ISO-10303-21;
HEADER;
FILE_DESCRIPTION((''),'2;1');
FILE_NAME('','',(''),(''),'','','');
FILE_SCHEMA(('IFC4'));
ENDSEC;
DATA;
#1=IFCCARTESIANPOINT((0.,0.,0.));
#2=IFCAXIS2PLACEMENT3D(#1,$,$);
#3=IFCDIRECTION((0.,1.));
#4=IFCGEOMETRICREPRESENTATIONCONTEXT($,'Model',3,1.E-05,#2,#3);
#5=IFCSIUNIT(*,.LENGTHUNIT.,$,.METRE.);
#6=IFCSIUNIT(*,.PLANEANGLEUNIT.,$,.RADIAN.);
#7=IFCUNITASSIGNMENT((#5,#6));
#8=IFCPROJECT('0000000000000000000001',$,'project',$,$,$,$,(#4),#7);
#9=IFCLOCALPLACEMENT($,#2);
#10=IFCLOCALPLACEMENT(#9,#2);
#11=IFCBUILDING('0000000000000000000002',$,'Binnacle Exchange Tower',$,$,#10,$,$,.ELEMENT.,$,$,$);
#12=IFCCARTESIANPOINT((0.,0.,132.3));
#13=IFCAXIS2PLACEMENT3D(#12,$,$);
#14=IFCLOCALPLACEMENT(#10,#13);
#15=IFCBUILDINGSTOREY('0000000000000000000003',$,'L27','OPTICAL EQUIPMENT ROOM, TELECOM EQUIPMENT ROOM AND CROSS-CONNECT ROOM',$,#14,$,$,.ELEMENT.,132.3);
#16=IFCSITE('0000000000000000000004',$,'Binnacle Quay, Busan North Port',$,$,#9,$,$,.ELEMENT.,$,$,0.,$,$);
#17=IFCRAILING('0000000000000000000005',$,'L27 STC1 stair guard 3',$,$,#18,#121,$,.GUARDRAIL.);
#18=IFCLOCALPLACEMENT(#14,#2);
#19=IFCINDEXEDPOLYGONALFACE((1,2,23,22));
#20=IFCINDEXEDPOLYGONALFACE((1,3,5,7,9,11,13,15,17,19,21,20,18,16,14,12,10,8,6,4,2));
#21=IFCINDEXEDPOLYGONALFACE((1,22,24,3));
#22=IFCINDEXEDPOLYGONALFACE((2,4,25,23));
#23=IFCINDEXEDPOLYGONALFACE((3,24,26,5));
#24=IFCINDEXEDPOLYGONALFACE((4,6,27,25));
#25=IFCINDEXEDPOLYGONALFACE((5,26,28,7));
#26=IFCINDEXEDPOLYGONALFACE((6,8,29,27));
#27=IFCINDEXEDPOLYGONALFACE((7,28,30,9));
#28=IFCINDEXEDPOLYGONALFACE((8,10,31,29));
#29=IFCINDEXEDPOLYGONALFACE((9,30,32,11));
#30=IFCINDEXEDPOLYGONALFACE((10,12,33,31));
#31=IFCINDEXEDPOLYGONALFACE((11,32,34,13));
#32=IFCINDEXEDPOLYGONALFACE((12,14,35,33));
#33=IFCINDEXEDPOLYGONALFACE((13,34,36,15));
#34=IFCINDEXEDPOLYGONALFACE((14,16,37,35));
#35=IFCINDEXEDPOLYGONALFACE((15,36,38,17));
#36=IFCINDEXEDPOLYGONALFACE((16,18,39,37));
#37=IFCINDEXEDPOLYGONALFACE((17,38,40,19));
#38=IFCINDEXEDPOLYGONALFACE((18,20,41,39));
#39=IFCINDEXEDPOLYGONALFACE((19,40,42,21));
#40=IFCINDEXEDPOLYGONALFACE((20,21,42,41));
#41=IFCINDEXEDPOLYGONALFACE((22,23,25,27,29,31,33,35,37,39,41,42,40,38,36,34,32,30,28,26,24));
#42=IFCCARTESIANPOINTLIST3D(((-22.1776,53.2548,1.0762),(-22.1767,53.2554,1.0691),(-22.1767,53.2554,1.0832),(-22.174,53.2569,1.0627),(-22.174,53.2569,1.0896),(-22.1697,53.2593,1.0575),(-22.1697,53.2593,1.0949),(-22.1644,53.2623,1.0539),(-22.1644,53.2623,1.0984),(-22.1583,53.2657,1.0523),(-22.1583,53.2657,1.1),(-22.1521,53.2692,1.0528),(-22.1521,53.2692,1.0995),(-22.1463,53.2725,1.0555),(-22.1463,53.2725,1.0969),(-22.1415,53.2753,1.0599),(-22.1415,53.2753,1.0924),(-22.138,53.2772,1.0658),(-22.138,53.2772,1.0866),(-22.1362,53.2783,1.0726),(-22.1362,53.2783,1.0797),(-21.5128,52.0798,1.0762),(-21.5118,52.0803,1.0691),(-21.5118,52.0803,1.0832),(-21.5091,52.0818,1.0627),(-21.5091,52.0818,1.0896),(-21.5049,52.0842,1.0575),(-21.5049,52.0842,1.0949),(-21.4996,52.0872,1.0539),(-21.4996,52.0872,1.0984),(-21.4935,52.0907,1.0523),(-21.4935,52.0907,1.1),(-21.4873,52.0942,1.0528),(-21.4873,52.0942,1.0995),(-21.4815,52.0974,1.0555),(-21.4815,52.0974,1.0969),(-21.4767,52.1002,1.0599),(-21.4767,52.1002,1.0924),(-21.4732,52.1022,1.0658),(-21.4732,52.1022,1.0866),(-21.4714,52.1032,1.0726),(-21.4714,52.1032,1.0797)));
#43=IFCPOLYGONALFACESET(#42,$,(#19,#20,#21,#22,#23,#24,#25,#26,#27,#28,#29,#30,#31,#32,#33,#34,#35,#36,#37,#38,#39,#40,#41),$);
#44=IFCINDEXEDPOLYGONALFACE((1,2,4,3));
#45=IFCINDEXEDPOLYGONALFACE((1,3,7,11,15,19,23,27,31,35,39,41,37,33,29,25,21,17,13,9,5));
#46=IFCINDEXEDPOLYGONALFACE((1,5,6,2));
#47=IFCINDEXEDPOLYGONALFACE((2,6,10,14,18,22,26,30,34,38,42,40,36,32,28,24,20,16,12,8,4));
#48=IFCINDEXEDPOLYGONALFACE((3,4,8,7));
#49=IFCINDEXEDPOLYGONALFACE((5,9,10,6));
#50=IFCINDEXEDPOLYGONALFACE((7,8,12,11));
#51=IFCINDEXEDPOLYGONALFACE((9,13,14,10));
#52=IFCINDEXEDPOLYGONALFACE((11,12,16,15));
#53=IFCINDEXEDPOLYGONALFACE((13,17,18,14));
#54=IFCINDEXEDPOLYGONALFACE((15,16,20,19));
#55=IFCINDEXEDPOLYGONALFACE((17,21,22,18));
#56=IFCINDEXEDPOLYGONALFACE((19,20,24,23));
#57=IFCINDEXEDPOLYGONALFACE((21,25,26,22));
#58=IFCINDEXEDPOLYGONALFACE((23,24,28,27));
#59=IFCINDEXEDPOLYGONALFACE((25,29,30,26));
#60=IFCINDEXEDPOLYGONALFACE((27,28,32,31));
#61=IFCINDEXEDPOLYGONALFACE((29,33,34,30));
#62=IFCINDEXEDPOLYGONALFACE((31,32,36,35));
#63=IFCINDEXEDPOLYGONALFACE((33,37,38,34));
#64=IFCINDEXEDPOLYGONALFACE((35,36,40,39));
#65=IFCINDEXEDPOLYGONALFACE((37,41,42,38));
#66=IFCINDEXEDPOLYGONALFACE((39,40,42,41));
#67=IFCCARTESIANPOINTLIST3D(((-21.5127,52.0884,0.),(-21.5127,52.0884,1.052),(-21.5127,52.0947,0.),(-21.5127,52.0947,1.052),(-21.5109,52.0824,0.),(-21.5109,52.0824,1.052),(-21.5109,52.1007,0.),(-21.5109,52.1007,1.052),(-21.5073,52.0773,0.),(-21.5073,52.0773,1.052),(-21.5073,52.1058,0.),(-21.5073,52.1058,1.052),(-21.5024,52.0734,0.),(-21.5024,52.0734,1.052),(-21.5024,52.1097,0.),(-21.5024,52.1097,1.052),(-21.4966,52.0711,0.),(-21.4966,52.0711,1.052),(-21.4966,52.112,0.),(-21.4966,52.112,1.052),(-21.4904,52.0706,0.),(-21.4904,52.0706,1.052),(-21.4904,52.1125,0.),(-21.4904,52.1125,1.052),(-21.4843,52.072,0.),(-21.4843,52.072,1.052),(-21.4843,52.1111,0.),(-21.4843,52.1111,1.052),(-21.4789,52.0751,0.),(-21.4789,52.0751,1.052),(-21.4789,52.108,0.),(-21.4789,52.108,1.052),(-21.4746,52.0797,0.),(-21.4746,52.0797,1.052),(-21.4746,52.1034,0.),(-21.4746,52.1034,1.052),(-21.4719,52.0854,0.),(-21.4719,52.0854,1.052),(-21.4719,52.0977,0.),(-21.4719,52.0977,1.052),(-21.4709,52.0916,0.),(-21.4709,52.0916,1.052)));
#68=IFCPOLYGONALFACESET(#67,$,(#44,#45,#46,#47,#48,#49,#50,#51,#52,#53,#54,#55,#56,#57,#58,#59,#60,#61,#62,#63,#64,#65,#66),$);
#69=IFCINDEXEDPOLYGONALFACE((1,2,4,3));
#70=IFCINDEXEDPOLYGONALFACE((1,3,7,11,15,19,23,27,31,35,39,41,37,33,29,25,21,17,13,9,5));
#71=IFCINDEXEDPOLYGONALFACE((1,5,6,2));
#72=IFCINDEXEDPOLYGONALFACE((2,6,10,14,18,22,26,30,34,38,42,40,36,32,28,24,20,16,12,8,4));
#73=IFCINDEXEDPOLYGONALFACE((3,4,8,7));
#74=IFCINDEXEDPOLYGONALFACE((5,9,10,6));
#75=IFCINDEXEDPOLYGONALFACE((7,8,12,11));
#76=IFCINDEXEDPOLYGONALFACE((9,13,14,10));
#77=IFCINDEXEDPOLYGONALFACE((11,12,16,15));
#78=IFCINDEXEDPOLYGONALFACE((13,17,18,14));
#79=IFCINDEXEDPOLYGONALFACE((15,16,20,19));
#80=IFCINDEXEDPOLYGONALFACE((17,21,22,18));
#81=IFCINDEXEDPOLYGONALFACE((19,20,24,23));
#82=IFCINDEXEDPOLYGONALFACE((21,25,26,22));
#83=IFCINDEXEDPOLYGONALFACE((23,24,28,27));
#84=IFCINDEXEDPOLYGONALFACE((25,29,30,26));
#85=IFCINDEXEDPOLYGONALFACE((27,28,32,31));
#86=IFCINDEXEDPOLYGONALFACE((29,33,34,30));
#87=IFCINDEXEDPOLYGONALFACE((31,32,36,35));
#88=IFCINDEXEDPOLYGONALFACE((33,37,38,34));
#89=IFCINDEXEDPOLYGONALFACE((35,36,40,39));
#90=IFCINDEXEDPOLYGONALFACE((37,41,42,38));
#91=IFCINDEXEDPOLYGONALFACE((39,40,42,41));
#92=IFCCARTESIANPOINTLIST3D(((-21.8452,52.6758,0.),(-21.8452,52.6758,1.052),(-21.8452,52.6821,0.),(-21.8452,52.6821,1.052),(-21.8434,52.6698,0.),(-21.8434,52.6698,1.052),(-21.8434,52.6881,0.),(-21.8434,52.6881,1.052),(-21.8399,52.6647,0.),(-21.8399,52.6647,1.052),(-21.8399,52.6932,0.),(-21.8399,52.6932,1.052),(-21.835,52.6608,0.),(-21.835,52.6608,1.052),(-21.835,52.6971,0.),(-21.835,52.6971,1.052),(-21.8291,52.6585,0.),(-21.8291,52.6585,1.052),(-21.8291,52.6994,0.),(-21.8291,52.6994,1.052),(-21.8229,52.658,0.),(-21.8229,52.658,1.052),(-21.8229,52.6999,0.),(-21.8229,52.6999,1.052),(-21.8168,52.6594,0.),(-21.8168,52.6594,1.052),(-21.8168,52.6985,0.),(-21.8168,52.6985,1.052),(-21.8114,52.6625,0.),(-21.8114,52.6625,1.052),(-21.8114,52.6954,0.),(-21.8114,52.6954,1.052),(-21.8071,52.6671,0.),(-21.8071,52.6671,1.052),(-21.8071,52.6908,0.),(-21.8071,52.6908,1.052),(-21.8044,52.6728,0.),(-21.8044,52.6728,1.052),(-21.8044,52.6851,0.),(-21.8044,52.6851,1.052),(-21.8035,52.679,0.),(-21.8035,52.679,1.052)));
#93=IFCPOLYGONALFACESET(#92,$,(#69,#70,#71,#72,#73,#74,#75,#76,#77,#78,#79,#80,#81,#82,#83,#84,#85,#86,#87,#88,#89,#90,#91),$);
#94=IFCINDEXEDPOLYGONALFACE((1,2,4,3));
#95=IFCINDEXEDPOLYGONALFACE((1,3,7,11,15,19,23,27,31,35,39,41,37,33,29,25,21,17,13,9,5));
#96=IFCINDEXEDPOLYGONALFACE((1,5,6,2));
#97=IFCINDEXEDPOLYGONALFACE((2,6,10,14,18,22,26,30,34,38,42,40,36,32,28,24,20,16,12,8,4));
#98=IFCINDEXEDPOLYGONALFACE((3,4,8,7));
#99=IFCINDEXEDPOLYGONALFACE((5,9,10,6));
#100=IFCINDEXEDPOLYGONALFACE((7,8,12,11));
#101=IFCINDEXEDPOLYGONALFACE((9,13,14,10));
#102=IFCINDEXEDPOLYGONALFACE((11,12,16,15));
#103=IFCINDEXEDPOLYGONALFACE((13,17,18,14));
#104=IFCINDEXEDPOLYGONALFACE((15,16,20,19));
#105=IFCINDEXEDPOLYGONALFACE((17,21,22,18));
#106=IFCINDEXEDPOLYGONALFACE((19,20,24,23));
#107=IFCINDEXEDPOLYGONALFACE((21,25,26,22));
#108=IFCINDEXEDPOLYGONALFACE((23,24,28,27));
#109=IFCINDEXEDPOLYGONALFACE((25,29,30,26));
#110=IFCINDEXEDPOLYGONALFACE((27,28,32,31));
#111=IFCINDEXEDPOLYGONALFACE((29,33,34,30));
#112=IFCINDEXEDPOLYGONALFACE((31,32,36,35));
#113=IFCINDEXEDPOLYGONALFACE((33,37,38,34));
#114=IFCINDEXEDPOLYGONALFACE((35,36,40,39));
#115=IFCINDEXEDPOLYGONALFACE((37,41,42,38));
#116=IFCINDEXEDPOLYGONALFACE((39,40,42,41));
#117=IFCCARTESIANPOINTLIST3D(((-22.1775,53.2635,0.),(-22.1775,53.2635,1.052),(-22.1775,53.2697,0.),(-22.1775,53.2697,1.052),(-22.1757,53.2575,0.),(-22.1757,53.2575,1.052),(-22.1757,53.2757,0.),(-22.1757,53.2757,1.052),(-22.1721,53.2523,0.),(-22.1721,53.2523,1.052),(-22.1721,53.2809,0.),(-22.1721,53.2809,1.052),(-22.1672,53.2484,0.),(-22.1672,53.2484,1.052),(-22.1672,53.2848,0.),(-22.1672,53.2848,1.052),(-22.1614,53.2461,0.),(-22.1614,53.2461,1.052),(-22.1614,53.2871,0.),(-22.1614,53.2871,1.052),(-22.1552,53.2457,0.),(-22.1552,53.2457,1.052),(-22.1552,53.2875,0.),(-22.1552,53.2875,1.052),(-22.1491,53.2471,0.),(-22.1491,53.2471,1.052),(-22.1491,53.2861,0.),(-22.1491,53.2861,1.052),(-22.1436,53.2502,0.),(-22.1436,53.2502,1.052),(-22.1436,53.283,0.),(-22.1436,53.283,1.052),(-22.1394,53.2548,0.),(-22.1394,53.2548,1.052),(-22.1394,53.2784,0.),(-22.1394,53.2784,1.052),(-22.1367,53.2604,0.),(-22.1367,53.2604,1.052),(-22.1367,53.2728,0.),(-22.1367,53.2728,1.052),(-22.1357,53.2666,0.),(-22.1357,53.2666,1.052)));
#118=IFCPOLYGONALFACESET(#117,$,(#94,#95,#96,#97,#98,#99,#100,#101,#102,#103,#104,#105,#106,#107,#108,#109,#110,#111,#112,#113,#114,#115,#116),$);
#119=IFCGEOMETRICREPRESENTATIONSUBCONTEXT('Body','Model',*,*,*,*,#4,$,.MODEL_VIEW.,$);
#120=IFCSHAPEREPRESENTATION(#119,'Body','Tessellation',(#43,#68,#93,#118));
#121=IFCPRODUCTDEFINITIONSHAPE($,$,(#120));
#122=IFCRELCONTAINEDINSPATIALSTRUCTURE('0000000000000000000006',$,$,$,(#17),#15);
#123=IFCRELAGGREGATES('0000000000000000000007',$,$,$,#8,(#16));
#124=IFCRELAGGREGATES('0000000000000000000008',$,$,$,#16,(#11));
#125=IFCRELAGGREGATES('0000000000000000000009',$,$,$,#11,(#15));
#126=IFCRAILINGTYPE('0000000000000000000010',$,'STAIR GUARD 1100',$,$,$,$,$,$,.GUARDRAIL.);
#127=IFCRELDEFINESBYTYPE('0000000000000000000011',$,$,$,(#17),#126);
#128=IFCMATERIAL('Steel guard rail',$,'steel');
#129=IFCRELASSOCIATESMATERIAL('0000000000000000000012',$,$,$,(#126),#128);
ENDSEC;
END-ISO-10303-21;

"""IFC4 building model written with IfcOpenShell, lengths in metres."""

from ifc_helpers import new_model, si_unit, direction, frame, origin, origin_2d, place, context, subcontext, project, spatial, circle, extrude, material, type_object, element, save


model = new_model("IFC4")

# Units and contexts
model_context = context("Model", 3, precision=1e-05, world=origin(), true_north=direction((0.0, 1.0)))
body_context = subcontext(model_context, "Body", "Model", "MODEL_VIEW")
ifc_project = project(units=[si_unit("LENGTHUNIT", "METRE"), si_unit("PLANEANGLEUNIT", "RADIAN")], contexts=[model_context])

# Site, building, storey
site_placement = place(None, origin())
site = spatial("IfcSite", under=ifc_project, at=site_placement, Name="Binnacle Quay, Busan North Port", CompositionType="ELEMENT", RefElevation=0.0)
building_placement = place(site_placement, origin())
building = spatial("IfcBuilding", under=site, at=building_placement, Name="Binnacle Exchange Tower", CompositionType="ELEMENT")
storey_placement = place(building_placement, frame((0.0, 0.0, 132.3)))
storey = spatial("IfcBuildingStorey", under=building, at=storey_placement, Name="L27", Description="OPTICAL EQUIPMENT ROOM, TELECOM EQUIPMENT ROOM AND CROSS-CONNECT ROOM", CompositionType="ELEMENT", Elevation=132.3)

# Railing
ifc_material_1 = material(Name="Steel guard rail", Category="steel")
railing_type_1 = type_object("IfcRailingType", Name="STAIR GUARD 1100", PredefinedType="GUARDRAIL", material=ifc_material_1)
railing_1_placement = place(storey_placement, frame((-21.4919, 52.0916, 0.0)))
element("IfcRailing", 1, at=railing_1_placement, inside=storey, type_object=railing_type_1, Name="L27 STC1 stair guard 3", PredefinedType="GUARDRAIL", context=body_context, shape_type="SweptSolid", body=[
    extrude(circle(Radius=0.0239, at=origin_2d()), frame((0.0, 0.0, 1.0762), z_axis=(-0.492415, 0.870361, 0.0), x_axis=(-0.870361, -0.492415, 0.0)), (0.0, 0.0, 1.0), 1.3501),
    extrude(circle(Radius=0.021, at=origin_2d()), origin(), (0.0, 0.0, 1.0), 1.052),
    extrude(circle(Radius=0.021, at=origin_2d()), frame((-0.3325, 0.5874, 0.0)), (0.0, 0.0, 1.0), 1.052),
    extrude(circle(Radius=0.021, at=origin_2d()), frame((-0.6648, 1.175, 0.0)), (0.0, 0.0, 1.0), 1.052),
])

save(model, "model.ifc")
